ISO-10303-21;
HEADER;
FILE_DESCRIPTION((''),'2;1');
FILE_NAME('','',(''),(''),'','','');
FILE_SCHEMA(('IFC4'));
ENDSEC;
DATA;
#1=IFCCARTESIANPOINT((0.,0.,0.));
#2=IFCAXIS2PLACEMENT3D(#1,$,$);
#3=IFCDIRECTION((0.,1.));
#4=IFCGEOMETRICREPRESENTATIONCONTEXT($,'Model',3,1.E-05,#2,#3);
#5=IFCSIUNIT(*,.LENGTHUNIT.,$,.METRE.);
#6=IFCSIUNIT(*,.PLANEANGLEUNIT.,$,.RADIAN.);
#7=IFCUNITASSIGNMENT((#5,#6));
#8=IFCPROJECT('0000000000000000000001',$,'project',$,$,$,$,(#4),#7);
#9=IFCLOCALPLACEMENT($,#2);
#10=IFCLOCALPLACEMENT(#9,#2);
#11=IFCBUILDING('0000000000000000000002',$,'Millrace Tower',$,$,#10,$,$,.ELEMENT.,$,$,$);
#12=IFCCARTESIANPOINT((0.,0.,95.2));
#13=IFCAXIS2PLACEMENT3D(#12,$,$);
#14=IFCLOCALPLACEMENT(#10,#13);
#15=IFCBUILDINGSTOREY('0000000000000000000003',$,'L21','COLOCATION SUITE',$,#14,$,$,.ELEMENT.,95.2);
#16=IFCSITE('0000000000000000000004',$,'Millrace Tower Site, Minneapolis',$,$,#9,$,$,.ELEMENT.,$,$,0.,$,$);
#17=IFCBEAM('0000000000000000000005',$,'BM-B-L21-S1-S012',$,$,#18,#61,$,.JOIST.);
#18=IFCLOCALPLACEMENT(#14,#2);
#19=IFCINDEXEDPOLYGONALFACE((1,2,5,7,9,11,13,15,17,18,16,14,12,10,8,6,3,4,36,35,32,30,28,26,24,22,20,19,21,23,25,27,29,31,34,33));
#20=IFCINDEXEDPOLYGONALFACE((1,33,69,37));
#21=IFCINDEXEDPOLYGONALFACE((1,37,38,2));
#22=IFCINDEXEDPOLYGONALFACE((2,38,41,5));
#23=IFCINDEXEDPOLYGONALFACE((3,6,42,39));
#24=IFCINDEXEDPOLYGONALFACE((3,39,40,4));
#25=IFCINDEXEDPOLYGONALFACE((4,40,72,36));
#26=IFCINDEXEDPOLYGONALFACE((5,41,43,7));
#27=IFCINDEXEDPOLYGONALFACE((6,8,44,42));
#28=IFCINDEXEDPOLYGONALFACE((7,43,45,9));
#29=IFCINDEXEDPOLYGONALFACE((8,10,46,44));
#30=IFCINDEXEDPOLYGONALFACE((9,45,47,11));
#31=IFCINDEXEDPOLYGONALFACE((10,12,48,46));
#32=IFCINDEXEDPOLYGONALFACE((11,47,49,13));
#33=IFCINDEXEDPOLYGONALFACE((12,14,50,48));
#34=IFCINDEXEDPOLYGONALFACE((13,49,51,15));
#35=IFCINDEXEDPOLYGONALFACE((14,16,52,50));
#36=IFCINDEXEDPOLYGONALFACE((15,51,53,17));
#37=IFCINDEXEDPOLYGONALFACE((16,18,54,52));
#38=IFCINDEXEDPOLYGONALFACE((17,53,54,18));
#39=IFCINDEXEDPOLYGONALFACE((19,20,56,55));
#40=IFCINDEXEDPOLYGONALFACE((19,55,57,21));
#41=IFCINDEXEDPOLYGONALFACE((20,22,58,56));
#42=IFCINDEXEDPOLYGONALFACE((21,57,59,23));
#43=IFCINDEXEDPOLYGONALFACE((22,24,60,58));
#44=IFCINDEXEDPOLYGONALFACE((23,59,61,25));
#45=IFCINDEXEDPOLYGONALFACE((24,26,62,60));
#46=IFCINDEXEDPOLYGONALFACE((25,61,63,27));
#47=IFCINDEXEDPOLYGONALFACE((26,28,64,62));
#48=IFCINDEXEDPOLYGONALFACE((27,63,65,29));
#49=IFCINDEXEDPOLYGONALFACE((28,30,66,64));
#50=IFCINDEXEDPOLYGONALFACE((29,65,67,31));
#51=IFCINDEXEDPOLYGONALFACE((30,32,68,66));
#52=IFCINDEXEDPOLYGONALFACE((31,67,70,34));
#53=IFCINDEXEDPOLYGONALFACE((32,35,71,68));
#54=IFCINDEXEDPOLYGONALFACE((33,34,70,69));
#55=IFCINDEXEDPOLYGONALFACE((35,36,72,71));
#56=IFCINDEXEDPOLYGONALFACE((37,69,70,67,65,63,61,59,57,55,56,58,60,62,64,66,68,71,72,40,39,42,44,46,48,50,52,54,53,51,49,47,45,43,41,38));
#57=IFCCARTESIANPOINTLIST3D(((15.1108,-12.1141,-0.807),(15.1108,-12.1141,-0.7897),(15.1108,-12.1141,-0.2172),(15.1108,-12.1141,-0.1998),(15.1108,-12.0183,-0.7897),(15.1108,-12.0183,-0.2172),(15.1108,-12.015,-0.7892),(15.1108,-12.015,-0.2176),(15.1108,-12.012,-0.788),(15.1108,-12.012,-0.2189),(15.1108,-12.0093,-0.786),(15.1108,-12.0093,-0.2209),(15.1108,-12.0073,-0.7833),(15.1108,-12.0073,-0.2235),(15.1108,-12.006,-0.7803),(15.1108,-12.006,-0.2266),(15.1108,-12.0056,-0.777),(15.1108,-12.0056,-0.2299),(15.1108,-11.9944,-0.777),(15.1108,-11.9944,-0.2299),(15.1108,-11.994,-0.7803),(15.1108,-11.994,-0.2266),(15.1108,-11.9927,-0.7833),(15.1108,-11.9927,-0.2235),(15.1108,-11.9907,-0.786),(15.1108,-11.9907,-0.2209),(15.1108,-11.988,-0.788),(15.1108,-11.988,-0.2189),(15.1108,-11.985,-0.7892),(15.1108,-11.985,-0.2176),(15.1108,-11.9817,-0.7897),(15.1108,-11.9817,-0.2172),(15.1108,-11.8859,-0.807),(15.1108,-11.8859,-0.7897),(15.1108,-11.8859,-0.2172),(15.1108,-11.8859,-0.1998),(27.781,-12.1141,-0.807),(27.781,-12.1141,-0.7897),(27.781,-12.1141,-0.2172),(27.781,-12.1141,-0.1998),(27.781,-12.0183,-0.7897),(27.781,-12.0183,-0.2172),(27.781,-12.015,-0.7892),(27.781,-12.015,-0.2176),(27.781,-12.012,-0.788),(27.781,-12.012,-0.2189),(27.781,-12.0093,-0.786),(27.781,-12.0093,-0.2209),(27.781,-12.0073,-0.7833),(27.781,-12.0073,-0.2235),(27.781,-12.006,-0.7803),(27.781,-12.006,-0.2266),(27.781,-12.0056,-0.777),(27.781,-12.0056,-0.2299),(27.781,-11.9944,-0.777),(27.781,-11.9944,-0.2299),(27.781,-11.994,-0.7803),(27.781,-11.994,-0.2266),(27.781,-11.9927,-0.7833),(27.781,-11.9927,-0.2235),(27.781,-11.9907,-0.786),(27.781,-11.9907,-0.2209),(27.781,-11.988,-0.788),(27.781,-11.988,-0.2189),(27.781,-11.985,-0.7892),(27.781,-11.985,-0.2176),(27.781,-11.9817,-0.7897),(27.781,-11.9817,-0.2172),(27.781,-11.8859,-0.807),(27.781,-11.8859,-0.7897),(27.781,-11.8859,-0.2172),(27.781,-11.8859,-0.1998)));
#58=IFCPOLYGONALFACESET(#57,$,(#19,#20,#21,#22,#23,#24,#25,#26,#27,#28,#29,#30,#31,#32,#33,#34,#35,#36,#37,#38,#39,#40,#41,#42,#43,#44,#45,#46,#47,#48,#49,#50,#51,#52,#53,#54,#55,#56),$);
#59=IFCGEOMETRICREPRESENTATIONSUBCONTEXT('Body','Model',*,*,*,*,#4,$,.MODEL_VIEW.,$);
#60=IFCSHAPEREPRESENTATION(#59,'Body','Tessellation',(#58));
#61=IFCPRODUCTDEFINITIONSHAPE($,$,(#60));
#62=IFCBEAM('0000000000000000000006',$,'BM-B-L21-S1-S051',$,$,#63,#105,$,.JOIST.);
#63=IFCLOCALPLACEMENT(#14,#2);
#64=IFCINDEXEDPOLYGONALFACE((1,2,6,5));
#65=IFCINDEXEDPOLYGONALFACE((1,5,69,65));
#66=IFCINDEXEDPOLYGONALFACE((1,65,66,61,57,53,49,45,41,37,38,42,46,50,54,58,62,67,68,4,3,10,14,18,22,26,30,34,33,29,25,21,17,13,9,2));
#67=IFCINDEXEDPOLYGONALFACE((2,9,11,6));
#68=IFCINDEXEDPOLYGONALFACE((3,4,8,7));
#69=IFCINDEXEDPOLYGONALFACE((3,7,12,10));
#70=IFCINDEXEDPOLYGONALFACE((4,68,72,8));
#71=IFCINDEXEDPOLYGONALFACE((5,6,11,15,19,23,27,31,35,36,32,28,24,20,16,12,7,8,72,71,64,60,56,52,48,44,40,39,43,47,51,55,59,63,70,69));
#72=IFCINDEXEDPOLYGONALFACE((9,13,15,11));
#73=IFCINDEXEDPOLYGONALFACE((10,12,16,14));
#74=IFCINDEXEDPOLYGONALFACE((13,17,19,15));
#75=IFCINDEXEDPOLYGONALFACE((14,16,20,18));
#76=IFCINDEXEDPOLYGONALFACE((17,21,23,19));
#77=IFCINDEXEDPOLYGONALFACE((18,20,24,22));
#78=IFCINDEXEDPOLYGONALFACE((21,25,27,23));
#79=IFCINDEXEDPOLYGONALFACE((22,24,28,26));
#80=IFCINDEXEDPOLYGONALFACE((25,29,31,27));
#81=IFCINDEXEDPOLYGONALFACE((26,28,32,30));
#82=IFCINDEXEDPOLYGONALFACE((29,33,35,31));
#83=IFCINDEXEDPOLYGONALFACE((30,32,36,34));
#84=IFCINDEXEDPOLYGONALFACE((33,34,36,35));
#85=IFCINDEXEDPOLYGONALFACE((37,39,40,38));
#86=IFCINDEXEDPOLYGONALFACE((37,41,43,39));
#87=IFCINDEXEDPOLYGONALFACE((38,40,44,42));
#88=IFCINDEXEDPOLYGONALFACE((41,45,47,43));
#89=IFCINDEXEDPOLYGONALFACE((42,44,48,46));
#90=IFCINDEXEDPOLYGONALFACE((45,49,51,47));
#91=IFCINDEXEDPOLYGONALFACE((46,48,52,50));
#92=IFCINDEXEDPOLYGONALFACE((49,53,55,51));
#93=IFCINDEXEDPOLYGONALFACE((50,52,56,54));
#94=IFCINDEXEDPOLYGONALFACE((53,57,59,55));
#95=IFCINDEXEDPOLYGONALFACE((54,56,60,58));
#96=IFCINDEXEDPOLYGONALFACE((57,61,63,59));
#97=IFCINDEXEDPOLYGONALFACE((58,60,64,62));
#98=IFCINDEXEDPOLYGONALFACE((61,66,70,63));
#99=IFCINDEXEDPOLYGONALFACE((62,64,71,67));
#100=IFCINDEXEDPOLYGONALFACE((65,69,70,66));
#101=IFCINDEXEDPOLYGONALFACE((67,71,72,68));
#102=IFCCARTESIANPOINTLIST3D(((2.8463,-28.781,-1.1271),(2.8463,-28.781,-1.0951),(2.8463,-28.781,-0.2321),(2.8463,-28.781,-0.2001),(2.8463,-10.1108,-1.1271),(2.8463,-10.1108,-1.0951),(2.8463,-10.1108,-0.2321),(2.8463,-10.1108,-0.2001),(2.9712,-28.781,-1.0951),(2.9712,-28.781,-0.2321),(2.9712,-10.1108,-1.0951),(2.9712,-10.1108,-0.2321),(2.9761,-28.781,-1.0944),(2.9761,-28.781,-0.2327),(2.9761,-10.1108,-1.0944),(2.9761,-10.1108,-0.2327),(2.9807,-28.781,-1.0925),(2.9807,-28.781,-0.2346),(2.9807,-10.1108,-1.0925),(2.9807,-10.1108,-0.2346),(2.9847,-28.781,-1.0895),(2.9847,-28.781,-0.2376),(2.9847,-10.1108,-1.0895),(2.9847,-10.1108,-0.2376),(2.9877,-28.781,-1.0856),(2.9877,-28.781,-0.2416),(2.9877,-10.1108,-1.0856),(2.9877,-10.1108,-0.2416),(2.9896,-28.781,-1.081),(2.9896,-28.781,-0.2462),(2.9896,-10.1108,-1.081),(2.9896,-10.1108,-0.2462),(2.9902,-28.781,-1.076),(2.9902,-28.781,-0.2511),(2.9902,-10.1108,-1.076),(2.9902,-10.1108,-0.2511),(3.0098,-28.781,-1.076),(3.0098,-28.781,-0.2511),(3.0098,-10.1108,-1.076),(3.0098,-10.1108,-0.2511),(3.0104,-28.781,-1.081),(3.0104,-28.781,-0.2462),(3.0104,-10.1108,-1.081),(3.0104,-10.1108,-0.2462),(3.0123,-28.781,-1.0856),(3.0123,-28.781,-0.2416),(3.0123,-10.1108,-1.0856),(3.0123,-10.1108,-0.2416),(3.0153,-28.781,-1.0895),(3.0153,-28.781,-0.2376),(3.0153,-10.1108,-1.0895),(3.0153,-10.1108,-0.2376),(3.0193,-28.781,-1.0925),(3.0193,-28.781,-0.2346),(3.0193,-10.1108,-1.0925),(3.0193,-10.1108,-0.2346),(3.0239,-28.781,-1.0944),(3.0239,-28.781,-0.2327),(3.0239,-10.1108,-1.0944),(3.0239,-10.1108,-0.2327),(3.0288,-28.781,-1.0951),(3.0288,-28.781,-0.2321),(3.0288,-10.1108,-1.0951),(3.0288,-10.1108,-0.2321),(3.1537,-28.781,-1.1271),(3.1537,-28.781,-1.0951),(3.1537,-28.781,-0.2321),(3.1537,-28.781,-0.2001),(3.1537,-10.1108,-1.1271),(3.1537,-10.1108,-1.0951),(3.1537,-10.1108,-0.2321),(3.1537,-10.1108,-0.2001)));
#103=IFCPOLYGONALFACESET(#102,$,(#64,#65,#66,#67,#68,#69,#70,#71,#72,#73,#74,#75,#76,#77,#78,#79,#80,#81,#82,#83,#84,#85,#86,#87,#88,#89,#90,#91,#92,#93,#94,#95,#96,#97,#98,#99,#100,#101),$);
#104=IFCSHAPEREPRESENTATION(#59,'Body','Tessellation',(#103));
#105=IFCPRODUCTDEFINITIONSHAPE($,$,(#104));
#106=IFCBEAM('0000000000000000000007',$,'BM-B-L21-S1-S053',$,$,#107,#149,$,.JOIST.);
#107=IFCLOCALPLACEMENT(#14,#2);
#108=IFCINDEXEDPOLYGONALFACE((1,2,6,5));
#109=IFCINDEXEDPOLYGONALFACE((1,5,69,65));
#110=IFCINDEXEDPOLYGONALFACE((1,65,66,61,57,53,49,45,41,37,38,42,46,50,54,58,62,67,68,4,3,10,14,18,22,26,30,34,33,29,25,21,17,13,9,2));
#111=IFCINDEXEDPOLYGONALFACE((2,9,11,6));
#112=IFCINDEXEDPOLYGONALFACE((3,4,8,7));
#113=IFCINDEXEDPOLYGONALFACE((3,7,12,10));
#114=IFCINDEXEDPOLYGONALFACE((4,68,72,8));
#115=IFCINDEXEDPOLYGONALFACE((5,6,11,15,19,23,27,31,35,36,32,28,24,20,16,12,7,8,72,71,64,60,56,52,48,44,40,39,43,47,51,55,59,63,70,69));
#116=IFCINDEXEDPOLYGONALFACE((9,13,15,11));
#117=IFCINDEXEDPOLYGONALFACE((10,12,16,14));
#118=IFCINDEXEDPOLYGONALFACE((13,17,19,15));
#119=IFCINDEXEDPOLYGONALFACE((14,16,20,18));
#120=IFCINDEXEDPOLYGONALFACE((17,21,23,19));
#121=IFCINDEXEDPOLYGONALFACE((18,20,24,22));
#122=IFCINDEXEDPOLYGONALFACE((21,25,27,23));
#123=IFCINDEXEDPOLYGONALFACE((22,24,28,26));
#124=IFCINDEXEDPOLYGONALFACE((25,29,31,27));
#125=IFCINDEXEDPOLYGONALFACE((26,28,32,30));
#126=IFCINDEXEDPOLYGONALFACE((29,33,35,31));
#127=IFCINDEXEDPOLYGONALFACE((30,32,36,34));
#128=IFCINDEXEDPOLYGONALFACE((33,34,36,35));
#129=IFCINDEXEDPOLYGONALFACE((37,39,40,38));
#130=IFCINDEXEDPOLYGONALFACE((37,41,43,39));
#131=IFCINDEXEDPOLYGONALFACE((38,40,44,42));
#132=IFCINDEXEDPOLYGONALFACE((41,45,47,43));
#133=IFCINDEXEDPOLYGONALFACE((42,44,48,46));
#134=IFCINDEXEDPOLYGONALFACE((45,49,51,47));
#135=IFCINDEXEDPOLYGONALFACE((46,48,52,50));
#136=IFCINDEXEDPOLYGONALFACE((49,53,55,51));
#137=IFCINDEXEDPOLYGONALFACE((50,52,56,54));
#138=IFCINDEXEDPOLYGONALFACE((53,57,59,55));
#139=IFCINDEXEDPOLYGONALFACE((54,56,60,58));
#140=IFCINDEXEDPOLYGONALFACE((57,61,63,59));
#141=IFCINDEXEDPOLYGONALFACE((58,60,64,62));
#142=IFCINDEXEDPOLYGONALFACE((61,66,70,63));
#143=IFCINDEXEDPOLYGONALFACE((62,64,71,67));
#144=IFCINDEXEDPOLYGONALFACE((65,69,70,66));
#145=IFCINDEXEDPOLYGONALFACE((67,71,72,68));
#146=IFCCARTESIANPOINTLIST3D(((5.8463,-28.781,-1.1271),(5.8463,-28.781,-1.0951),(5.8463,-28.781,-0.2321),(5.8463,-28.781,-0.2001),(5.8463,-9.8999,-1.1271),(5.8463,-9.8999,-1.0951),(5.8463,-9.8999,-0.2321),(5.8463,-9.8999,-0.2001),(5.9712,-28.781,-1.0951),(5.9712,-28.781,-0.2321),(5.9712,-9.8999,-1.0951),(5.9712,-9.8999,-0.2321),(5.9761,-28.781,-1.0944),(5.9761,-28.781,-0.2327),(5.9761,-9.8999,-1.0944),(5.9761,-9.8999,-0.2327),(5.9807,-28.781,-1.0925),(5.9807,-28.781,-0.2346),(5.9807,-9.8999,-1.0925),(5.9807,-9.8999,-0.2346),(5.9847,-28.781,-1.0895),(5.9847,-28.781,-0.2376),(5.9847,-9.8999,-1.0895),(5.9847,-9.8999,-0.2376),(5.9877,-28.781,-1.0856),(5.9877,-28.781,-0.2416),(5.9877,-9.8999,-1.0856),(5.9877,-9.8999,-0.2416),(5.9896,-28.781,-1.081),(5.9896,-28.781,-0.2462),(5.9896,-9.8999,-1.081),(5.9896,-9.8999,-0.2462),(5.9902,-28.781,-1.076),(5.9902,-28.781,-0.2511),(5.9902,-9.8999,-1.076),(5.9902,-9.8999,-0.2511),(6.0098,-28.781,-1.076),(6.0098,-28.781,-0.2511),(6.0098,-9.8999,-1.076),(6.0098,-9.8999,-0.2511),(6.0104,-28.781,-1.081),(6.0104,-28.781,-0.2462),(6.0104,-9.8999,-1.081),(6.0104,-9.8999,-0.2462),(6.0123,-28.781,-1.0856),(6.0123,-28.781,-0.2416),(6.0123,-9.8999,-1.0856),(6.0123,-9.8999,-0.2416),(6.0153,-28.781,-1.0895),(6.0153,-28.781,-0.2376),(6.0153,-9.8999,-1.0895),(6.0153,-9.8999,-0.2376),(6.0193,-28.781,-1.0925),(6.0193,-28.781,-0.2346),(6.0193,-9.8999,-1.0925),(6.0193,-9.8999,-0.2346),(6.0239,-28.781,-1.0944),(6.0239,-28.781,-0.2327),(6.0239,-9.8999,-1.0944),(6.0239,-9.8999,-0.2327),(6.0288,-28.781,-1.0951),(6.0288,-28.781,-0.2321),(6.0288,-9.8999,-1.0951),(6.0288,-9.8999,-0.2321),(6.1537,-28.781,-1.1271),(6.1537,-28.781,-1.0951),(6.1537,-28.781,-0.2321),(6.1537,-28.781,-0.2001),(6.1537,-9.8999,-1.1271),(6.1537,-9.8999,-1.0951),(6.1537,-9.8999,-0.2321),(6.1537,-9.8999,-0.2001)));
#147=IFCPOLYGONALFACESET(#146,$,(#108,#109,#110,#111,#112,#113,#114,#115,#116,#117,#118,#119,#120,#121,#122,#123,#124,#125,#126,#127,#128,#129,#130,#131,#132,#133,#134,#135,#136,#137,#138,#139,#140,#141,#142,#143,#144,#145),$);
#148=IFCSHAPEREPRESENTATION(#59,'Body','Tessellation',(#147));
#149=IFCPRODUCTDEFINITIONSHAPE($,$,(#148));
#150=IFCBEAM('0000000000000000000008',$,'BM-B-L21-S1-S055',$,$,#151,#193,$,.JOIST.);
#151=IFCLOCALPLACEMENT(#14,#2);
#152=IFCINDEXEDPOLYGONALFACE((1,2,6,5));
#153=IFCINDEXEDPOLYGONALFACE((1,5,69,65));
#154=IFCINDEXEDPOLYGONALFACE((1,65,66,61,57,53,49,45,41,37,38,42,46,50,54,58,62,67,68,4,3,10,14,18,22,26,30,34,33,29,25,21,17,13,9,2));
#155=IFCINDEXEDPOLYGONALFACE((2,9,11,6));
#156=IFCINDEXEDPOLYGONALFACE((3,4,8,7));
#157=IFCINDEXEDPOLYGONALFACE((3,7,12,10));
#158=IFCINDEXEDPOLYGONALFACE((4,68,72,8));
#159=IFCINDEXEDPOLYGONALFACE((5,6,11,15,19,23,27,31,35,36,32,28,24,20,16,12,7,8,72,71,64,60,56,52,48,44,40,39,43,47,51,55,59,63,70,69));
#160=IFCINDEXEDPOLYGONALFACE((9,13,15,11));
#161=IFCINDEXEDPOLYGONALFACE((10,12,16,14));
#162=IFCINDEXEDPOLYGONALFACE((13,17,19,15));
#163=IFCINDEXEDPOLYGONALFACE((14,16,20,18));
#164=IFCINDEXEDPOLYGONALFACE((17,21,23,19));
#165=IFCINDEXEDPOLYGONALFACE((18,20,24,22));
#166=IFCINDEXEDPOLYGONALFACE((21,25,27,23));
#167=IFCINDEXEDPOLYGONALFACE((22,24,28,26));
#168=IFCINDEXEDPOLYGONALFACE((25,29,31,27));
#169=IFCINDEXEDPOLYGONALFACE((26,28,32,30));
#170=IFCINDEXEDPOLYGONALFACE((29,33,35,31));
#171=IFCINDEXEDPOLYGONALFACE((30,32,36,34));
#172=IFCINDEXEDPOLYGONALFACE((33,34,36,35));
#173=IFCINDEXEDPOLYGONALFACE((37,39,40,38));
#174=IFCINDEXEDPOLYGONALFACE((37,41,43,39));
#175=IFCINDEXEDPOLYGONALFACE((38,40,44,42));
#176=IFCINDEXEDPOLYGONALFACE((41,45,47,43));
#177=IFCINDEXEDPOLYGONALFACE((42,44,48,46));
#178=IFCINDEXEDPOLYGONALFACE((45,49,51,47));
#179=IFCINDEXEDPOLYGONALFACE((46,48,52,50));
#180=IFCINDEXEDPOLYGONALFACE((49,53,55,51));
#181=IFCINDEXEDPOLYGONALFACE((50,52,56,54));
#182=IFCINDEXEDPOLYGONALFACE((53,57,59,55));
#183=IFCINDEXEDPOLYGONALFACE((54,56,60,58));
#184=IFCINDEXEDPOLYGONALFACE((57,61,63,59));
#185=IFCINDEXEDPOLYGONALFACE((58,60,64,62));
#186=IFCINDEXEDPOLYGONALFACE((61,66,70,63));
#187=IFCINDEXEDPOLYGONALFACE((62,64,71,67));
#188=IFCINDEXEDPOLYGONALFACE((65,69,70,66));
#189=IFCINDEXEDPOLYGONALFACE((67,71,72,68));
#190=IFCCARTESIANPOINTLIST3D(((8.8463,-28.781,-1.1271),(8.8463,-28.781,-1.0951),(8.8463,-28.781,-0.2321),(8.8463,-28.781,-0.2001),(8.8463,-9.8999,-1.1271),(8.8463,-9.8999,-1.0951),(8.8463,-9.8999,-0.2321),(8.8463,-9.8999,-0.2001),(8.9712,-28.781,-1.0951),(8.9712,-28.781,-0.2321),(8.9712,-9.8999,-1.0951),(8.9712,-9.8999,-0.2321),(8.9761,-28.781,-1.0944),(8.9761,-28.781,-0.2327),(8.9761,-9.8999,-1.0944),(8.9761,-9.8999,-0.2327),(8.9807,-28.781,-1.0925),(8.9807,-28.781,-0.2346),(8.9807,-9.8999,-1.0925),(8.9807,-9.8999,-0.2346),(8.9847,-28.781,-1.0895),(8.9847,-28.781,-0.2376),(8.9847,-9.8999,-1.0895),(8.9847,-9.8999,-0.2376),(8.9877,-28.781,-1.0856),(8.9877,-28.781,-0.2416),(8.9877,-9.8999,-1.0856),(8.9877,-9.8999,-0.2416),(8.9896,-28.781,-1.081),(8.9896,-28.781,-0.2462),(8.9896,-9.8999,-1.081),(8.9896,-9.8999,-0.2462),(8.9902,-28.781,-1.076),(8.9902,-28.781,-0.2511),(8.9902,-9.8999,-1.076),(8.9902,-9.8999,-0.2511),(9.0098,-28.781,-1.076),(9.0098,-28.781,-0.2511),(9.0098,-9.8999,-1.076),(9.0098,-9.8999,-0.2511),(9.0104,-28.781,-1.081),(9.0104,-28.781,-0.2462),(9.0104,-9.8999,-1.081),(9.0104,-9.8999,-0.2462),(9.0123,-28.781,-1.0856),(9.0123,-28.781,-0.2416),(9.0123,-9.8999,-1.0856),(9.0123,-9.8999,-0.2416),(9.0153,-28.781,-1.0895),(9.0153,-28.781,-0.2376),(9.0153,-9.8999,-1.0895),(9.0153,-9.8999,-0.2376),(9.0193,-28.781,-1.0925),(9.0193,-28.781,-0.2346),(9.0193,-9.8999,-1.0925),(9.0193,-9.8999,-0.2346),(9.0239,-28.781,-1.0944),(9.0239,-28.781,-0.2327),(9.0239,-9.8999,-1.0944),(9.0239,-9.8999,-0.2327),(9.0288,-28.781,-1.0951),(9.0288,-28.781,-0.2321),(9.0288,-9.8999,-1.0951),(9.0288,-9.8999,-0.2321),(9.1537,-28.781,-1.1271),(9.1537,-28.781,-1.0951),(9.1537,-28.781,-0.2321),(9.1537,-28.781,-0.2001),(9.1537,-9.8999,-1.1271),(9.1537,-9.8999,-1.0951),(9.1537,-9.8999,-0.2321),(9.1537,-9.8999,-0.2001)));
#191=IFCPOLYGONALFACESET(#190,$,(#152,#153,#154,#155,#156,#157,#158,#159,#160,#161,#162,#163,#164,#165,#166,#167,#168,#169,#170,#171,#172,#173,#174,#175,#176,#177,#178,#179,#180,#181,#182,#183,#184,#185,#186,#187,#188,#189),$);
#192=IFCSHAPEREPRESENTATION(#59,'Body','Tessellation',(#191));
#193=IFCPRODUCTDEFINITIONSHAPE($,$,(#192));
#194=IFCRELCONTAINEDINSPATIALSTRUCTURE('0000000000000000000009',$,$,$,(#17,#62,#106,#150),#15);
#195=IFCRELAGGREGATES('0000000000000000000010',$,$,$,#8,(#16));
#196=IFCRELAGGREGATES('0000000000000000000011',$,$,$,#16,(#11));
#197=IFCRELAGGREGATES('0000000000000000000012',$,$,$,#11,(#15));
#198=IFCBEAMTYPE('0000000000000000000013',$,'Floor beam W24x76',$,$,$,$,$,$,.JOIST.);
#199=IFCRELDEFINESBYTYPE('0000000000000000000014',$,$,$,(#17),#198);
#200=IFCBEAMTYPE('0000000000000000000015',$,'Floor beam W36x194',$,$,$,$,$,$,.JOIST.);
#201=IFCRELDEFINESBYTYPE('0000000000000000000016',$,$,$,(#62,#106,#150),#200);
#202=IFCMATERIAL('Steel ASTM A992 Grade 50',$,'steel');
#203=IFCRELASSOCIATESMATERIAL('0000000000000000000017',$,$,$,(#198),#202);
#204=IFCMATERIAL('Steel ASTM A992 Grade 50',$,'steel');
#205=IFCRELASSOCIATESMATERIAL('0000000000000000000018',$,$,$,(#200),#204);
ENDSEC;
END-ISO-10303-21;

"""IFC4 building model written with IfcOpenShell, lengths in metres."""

from ifc_helpers import new_model, si_unit, direction, frame, origin, origin_2d, place, context, subcontext, project, spatial, i_section, extrude, material, material_profile, profile_set, type_object, element, save


model = new_model("IFC4")

# Units and contexts
model_context = context("Model", 3, precision=1e-05, world=origin(), true_north=direction((0.0, 1.0)))
body_context = subcontext(model_context, "Body", "Model", "MODEL_VIEW")
ifc_project = project(units=[si_unit("LENGTHUNIT", "METRE"), si_unit("PLANEANGLEUNIT", "RADIAN")], contexts=[model_context])

# Site, building, storey
site_placement = place(None, origin())
site = spatial("IfcSite", under=ifc_project, at=site_placement, Name="Millrace Tower Site, Minneapolis", CompositionType="ELEMENT", RefElevation=0.0)
building_placement = place(site_placement, origin())
building = spatial("IfcBuilding", under=site, at=building_placement, Name="Millrace Tower", CompositionType="ELEMENT")
storey_placement = place(building_placement, frame((0.0, 0.0, 95.2)))
storey = spatial("IfcBuildingStorey", under=building, at=storey_placement, Name="L21", Description="COLOCATION SUITE", CompositionType="ELEMENT", Elevation=95.2)

# Beams
ifc_material_1 = material(Name="Steel ASTM A992 Grade 50", Category="steel")
ifc_material_profile_1 = material_profile(ifc_material_1, i_section(OverallWidth=0.2283, OverallDepth=0.6072, WebThickness=0.0112, FlangeThickness=0.0173, FilletRadius=0.0127, at=origin_2d()))
ifc_profile_set_1 = profile_set([ifc_material_profile_1], Name="Steel ASTM A992 Grade 50")
beam_type_1 = type_object("IfcBeamType", Name="Floor beam W24x76", PredefinedType="JOIST", material=ifc_profile_set_1)
for number, where, z_axis, x_axis, name in (
    (1, (15.1108, -12.0, -0.5034), (1.0, 0.0, 0.0), (0.0, 1.0, 0.0), "BM-B-L21-S1-S012"),
):
    element("IfcBeam", number, at=place(storey_placement, frame(where, z_axis=z_axis, x_axis=x_axis)), inside=storey, type_object=beam_type_1, Name=name, PredefinedType="JOIST", context=body_context, shape_type="SweptSolid", body=[
        extrude(i_section(OverallWidth=0.2283, OverallDepth=0.6072, WebThickness=0.0112, FlangeThickness=0.0173, FilletRadius=0.0127, at=origin_2d()), origin(), (0.0, 0.0, 1.0), 12.6702),
    ])
ifc_material_2 = material(Name="Steel ASTM A992 Grade 50", Category="steel")
ifc_material_profile_2 = material_profile(ifc_material_2, i_section(OverallWidth=0.3074, OverallDepth=0.927, WebThickness=0.0195, FlangeThickness=0.032, FilletRadius=0.019, at=origin_2d()))
ifc_profile_set_2 = profile_set([ifc_material_profile_2], Name="Steel ASTM A992 Grade 50")
beam_type_2 = type_object("IfcBeamType", Name="Floor beam W36x194", PredefinedType="JOIST", material=ifc_profile_set_2)
beam_1_placement = place(storey_placement, frame((3.0, -28.781, -0.6636), z_axis=(0.0, 1.0, 0.0), x_axis=(-1.0, 0.0, 0.0)))
element("IfcBeam", 2, at=beam_1_placement, inside=storey, type_object=beam_type_2, Name="BM-B-L21-S1-S051", PredefinedType="JOIST", context=body_context, shape_type="SweptSolid", body=[
    extrude(i_section(OverallWidth=0.3074, OverallDepth=0.927, WebThickness=0.0195, FlangeThickness=0.032, FilletRadius=0.019, at=origin_2d()), origin(), (0.0, 0.0, 1.0), 18.6702),
])
for number, where, z_axis, x_axis, name in (
    (3, (6.0, -28.781, -0.6636), (0.0, 1.0, 0.0), (-1.0, 0.0, 0.0), "BM-B-L21-S1-S053"),
    (4, (9.0, -28.781, -0.6636), (0.0, 1.0, 0.0), (-1.0, 0.0, 0.0), "BM-B-L21-S1-S055"),
):
    element("IfcBeam", number, at=place(storey_placement, frame(where, z_axis=z_axis, x_axis=x_axis)), inside=storey, type_object=beam_type_2, Name=name, PredefinedType="JOIST", context=body_context, shape_type="SweptSolid", body=[
        extrude(i_section(OverallWidth=0.3074, OverallDepth=0.927, WebThickness=0.0195, FlangeThickness=0.032, FilletRadius=0.019, at=origin_2d()), origin(), (0.0, 0.0, 1.0), 18.8811),
    ])

save(model, "model.ifc")
